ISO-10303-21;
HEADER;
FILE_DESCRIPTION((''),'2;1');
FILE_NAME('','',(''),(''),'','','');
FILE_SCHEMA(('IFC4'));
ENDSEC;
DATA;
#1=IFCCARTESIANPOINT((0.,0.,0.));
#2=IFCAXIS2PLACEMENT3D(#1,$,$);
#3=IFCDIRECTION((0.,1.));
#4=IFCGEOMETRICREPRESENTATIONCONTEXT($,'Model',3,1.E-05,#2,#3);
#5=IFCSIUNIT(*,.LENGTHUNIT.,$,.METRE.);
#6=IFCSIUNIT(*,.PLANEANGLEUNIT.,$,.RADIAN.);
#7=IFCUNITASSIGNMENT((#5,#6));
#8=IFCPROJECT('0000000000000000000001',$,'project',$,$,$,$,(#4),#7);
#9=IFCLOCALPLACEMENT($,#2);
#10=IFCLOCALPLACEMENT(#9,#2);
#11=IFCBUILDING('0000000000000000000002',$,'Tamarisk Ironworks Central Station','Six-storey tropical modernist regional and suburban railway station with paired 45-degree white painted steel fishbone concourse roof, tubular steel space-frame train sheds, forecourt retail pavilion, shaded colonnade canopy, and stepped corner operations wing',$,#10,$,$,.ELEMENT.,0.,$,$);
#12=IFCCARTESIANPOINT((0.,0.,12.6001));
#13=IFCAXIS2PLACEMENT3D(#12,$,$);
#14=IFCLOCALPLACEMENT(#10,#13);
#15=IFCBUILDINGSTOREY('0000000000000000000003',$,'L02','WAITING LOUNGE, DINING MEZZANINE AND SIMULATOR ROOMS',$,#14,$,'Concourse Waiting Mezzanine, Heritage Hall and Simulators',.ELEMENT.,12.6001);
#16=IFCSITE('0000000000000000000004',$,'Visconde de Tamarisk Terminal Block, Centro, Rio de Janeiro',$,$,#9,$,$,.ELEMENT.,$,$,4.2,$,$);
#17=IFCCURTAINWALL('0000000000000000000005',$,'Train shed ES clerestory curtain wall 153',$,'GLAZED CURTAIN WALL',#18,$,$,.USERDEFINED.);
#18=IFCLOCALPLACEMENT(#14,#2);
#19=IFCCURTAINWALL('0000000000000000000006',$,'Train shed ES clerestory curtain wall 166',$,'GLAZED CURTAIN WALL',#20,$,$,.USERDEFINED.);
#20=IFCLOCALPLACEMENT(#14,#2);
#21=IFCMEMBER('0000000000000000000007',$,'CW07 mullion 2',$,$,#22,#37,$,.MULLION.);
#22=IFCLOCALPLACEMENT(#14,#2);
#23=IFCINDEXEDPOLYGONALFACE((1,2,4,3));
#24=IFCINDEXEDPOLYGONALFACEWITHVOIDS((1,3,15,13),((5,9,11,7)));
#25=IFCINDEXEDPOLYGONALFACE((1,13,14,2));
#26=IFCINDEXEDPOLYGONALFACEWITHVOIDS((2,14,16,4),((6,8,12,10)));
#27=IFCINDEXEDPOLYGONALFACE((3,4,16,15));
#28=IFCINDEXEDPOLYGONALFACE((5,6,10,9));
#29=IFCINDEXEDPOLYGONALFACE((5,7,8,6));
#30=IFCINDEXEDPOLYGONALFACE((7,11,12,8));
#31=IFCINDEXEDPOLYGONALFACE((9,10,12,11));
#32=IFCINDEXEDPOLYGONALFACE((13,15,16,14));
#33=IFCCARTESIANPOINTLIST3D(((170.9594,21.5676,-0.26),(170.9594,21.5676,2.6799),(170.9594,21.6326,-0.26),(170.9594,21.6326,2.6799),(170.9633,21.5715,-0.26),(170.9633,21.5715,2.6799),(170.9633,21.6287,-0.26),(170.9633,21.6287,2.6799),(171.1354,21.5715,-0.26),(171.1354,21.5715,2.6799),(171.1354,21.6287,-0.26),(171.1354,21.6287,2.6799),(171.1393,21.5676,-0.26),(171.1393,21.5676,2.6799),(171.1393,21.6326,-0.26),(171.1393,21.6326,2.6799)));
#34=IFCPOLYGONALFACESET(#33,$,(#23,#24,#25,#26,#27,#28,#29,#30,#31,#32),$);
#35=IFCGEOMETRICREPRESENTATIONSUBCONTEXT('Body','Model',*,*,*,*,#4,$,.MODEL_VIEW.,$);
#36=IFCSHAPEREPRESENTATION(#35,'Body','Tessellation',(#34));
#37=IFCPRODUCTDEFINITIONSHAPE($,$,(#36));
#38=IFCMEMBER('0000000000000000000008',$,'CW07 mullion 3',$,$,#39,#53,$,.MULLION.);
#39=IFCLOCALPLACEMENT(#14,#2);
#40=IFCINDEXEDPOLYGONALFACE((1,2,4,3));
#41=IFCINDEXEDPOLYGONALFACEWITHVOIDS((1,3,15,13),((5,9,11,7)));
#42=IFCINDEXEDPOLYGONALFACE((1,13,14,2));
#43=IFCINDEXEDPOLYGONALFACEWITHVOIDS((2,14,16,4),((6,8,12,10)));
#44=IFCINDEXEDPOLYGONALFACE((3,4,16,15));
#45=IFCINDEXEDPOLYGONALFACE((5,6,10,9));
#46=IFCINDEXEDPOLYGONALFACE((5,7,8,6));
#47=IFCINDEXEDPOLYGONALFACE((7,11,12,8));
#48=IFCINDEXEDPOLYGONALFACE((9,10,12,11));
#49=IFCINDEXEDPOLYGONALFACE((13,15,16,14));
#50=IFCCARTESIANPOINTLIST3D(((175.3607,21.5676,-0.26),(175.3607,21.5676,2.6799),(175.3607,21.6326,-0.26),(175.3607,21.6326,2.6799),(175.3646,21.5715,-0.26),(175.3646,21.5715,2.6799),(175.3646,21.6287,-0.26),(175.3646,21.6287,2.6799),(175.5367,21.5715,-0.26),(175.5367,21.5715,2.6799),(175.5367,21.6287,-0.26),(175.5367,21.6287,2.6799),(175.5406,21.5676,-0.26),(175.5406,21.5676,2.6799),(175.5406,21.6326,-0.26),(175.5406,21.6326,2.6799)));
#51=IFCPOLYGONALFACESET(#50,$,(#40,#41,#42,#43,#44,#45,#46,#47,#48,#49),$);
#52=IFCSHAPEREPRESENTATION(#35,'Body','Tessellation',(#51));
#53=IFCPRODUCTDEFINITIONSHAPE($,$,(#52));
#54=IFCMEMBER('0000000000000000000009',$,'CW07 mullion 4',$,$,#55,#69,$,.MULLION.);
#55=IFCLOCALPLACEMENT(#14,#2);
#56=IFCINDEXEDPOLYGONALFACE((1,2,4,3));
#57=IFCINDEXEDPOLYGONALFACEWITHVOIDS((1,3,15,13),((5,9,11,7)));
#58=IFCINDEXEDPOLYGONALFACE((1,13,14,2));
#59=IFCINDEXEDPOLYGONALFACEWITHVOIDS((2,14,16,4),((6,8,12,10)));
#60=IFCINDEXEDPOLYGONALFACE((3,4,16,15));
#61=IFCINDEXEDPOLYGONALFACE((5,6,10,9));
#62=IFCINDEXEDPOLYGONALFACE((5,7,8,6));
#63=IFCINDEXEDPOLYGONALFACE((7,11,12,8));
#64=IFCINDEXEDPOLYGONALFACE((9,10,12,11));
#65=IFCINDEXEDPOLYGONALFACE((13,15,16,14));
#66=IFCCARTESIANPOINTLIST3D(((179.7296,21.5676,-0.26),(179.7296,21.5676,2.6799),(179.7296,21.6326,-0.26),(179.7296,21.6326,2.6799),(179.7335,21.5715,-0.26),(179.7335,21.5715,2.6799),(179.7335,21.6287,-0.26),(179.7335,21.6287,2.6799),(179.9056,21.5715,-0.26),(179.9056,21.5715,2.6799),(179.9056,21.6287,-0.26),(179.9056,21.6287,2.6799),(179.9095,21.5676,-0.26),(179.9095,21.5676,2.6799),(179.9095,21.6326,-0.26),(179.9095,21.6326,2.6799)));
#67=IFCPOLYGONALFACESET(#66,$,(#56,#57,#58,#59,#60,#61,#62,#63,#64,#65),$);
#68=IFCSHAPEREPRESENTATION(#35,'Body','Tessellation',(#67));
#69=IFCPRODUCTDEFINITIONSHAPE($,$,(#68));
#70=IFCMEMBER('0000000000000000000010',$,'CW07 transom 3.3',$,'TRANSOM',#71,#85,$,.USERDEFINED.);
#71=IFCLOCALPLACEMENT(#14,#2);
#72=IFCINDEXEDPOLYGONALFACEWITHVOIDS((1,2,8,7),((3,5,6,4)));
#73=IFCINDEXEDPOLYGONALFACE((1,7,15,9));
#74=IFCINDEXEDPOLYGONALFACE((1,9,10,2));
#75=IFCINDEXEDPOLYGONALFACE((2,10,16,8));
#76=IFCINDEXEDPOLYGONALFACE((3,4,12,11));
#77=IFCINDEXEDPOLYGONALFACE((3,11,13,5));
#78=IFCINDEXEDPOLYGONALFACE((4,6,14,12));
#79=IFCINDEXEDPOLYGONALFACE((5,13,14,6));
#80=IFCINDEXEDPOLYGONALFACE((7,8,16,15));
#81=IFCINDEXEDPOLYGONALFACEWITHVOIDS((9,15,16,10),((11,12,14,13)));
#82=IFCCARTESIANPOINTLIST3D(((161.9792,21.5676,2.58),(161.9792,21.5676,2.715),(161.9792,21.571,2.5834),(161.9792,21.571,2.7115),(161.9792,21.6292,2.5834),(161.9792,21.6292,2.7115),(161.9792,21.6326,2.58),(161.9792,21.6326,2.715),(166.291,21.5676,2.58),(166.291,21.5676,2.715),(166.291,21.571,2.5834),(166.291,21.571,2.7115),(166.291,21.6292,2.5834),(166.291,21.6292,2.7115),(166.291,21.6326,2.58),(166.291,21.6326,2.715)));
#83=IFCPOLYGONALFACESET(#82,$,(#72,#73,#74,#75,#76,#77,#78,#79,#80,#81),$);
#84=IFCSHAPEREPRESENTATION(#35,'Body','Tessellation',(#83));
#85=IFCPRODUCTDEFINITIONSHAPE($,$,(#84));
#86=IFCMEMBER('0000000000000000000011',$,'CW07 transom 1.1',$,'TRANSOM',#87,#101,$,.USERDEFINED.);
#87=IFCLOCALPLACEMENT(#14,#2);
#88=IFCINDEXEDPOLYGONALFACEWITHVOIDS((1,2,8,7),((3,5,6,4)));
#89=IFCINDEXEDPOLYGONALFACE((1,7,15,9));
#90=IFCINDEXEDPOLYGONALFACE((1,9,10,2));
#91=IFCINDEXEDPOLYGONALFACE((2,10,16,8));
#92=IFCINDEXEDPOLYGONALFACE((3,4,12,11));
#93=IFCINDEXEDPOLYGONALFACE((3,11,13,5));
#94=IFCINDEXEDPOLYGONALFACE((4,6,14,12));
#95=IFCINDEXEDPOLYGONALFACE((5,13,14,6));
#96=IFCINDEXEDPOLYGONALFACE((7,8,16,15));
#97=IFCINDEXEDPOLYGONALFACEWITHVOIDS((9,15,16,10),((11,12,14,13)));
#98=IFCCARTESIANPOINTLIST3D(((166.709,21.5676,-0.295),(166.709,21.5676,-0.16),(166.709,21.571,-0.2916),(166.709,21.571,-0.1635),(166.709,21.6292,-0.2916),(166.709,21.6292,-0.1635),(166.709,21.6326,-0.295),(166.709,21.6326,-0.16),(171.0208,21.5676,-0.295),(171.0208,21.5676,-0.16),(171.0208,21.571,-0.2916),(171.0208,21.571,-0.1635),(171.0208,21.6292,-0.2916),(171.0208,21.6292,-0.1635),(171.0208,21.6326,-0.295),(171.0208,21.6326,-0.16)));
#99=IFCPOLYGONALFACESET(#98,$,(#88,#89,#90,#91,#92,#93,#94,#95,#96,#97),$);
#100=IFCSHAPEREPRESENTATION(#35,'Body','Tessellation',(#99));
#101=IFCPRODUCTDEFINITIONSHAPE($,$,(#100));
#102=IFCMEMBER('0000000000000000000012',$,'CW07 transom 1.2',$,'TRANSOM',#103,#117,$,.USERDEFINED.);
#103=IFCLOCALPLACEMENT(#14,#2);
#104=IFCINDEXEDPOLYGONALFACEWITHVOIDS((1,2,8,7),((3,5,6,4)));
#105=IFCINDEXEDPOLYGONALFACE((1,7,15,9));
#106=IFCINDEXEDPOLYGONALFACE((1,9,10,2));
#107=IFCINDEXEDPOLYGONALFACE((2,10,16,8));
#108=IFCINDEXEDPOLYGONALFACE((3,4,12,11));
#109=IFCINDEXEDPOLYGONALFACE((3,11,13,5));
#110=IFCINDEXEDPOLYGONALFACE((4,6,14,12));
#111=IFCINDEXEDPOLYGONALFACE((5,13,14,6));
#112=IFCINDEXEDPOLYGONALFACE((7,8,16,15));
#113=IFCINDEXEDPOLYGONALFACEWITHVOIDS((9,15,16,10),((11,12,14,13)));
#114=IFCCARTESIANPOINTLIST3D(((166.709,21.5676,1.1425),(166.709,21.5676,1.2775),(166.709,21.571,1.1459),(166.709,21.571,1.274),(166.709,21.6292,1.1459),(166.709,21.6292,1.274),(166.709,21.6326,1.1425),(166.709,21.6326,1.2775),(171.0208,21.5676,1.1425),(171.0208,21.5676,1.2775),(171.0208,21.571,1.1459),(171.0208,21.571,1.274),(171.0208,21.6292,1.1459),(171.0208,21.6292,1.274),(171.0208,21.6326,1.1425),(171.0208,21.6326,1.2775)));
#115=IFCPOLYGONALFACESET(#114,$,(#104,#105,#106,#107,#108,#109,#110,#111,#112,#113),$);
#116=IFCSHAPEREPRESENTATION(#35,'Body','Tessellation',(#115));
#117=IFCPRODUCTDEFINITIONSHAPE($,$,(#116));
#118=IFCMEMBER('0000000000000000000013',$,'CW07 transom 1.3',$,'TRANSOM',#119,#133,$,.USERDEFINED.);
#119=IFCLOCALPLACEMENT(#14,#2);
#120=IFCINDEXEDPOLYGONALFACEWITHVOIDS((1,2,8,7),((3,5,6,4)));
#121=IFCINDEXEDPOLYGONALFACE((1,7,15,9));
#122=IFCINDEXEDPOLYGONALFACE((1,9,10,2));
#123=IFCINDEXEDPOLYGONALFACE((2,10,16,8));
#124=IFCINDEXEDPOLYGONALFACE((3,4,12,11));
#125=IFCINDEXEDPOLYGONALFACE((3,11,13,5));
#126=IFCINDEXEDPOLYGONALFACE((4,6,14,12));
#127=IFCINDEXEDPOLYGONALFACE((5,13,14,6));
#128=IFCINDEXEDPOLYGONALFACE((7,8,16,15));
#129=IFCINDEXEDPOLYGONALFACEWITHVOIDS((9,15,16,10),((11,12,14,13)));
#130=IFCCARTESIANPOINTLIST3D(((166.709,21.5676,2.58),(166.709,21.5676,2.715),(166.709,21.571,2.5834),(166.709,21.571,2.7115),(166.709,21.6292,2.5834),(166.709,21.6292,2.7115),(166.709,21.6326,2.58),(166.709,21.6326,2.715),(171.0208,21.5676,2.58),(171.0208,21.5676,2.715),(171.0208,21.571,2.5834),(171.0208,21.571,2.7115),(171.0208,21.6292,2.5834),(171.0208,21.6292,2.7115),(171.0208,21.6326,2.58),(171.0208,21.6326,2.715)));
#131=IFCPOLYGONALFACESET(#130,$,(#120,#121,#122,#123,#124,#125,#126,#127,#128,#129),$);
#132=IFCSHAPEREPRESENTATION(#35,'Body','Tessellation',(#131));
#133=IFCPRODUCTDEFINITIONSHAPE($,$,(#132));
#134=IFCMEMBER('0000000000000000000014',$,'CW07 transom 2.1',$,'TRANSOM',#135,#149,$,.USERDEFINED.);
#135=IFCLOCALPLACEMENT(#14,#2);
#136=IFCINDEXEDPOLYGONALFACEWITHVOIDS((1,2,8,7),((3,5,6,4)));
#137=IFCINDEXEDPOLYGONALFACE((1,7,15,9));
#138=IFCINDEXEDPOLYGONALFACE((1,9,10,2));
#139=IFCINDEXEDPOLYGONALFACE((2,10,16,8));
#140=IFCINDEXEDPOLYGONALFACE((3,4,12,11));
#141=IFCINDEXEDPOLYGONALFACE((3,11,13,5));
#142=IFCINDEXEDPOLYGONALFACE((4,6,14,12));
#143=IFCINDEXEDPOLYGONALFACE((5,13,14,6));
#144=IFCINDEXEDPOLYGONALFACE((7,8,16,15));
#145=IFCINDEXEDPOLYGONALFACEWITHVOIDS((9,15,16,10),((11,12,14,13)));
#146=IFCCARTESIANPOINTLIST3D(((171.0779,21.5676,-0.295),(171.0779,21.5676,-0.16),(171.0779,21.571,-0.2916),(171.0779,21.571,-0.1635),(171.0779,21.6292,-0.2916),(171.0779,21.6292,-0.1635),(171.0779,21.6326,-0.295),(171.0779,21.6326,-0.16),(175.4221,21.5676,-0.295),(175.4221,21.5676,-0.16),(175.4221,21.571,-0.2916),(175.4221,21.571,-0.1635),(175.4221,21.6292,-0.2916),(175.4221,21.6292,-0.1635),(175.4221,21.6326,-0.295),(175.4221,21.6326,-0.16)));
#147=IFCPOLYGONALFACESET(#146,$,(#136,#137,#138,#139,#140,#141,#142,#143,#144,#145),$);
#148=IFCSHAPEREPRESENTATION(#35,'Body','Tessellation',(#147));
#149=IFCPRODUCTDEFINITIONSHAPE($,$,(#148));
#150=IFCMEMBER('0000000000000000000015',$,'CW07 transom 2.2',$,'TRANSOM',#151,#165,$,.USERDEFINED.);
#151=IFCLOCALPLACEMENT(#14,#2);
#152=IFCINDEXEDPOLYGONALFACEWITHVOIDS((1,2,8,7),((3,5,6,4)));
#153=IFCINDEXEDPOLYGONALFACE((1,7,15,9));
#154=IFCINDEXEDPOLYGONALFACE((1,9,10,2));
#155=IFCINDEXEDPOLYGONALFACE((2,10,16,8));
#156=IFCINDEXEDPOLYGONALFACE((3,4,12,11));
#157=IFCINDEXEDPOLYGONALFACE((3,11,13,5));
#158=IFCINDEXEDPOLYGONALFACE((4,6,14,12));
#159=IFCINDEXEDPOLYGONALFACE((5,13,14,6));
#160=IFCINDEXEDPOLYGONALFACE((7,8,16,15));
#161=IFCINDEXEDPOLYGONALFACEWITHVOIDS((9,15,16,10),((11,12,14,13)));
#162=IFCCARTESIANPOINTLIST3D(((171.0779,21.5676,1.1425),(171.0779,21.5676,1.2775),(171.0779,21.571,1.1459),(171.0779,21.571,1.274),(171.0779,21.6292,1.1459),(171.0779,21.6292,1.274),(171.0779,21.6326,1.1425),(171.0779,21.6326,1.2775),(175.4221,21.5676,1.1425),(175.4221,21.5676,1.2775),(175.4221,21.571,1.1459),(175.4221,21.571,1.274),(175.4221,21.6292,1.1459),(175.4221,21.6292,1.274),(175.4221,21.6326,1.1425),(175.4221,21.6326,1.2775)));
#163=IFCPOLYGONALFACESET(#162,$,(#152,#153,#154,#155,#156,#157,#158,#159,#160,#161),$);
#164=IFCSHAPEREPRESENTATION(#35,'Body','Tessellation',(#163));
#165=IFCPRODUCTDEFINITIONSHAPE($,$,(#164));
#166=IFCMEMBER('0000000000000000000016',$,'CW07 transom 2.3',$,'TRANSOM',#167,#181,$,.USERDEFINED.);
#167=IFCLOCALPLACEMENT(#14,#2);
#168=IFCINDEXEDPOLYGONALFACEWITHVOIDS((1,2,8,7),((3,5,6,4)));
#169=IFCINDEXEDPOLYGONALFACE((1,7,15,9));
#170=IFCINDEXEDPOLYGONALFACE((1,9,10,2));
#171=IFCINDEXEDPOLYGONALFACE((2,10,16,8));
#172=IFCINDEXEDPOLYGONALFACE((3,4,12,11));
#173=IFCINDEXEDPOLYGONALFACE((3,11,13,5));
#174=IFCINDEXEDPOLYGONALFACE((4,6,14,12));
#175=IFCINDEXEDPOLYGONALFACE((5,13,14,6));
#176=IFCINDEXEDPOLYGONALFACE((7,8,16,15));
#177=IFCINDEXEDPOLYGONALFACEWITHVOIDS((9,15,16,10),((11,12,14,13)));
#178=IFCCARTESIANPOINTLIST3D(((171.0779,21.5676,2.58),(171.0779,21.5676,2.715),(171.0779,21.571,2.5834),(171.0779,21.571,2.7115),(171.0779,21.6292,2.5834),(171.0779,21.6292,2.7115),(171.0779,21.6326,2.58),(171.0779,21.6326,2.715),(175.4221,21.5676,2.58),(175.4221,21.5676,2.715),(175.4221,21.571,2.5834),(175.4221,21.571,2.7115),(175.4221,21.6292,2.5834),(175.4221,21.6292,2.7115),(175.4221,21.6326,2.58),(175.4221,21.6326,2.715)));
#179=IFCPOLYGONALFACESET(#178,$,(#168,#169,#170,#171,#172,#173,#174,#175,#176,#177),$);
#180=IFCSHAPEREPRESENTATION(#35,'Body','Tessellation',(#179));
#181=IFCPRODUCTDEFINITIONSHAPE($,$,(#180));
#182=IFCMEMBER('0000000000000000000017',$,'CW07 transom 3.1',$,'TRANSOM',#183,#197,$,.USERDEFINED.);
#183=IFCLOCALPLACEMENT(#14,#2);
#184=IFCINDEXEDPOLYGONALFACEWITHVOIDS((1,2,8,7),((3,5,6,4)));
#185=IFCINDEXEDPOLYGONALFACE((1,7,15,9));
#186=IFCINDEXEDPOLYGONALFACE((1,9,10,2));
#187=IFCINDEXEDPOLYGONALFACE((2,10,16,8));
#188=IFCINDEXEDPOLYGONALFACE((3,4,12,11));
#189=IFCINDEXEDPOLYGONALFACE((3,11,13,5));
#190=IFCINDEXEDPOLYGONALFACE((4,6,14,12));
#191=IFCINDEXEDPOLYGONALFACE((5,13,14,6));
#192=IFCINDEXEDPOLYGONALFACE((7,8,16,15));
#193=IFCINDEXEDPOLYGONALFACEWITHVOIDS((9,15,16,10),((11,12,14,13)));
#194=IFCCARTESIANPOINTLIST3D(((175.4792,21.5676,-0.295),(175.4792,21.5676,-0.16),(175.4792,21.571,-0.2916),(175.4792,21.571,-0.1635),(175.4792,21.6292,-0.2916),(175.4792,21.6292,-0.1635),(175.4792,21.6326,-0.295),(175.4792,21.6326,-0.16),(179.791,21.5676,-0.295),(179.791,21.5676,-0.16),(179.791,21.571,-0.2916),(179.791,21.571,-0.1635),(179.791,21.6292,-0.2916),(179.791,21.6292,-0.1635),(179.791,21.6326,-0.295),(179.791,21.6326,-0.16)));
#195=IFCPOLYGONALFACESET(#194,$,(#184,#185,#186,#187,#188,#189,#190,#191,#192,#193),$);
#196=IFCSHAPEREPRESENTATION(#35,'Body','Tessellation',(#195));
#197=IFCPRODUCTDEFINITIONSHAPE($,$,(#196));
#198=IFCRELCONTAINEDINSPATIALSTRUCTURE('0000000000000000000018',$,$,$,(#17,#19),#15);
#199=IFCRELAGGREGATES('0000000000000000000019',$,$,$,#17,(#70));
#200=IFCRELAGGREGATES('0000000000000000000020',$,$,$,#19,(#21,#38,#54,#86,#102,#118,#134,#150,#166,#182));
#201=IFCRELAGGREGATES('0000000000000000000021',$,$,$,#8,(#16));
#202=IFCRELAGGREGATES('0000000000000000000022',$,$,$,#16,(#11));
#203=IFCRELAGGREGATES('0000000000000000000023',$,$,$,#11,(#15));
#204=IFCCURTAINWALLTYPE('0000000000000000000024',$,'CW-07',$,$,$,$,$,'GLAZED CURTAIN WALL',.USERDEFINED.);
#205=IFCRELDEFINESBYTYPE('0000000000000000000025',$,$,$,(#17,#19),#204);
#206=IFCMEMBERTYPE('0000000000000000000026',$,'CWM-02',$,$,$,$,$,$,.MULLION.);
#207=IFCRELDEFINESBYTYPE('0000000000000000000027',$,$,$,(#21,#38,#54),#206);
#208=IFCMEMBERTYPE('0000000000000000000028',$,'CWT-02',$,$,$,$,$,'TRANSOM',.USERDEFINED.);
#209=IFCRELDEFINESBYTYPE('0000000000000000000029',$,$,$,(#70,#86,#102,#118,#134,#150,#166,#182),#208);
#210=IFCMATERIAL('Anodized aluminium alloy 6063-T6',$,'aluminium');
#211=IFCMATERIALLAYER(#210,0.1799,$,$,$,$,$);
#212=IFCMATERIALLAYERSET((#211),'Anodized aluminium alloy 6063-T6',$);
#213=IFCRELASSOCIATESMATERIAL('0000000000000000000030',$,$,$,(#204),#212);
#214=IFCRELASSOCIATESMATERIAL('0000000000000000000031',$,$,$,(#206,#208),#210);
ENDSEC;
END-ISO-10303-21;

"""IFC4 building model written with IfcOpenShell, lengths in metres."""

from ifc_helpers import new_model, si_unit, direction, frame, origin, origin_2d, place, context, subcontext, project, spatial, hollow_rectangle, extrude, material, layer, layer_set, material_profile, profile_set, type_object, element, aggregate, save


model = new_model("IFC4")

# Units and contexts
model_context = context("Model", 3, precision=1e-05, world=origin(), true_north=direction((0.0, 1.0)))
body_context = subcontext(model_context, "Body", "Model", "MODEL_VIEW")
ifc_project = project(units=[si_unit("LENGTHUNIT", "METRE"), si_unit("PLANEANGLEUNIT", "RADIAN")], contexts=[model_context])

# Site, building, storey
site_placement = place(None, origin())
site = spatial("IfcSite", under=ifc_project, at=site_placement, Name="Visconde de Tamarisk Terminal Block, Centro, Rio de Janeiro", CompositionType="ELEMENT", RefElevation=4.2)
building_placement = place(site_placement, origin())
building = spatial("IfcBuilding", under=site, at=building_placement, Name="Tamarisk Ironworks Central Station", Description="Six-storey tropical modernist regional and suburban railway station with paired 45-degree white painted steel fishbone concourse roof, tubular steel space-frame train sheds, forecourt retail pavilion, shaded colonnade canopy, and stepped corner operations wing", CompositionType="ELEMENT", ElevationOfRefHeight=0.0)
storey_placement = place(building_placement, frame((0.0, 0.0, 12.6001)))
storey = spatial("IfcBuildingStorey", under=building, at=storey_placement, Name="L02", Description="WAITING LOUNGE, DINING MEZZANINE AND SIMULATOR ROOMS", LongName="Concourse Waiting Mezzanine, Heritage Hall and Simulators", CompositionType="ELEMENT", Elevation=12.6001)

# Curtain wall
ifc_material_1 = material(Name="Anodized aluminium alloy 6063-T6", Category="aluminium")
ifc_layer_1 = layer(ifc_material_1, 0.1799)
ifc_layer_set_1 = layer_set([ifc_layer_1], Name="Anodized aluminium alloy 6063-T6")
curtain_wall_type = type_object("IfcCurtainWallType", Name="CW-07", ElementType="GLAZED CURTAIN WALL", PredefinedType="USERDEFINED", material=ifc_layer_set_1)
curtain_wall_1_placement = place(storey_placement, origin())
curtain_wall_1 = element("IfcCurtainWall", 1, at=curtain_wall_1_placement, inside=storey, type_object=curtain_wall_type, Name="Train shed ES clerestory curtain wall 153", ObjectType="GLAZED CURTAIN WALL", PredefinedType="USERDEFINED")
ifc_material_profile_1 = material_profile(ifc_material_1, hollow_rectangle(XDim=0.0649, YDim=0.1799, WallThickness=0.0039, at=origin_2d()), Name="ALUM 180x65")
ifc_profile_set_1 = profile_set([ifc_material_profile_1], Name="Anodized aluminium alloy 6063-T6")
member_type_1 = type_object("IfcMemberType", Name="CWM-02", PredefinedType="MULLION", material=ifc_profile_set_1)

# Curtain wall, members
curtain_wall_2_placement = place(storey_placement, origin())
curtain_wall_2 = element("IfcCurtainWall", 2, at=curtain_wall_2_placement, inside=storey, type_object=curtain_wall_type, Name="Train shed ES clerestory curtain wall 166", ObjectType="GLAZED CURTAIN WALL", PredefinedType="USERDEFINED")
member_1_placement = place(storey_placement, frame((171.0493, 21.6001, -0.26), z_axis=(0.0, 0.0, 1.0), x_axis=(0.0, 1.0, 0.0)))
member_1 = element("IfcMember", 3, at=member_1_placement, type_object=member_type_1, Name="CW07 mullion 2", PredefinedType="MULLION", context=body_context, shape_type="SweptSolid", body=[
    extrude(hollow_rectangle(XDim=0.0649, YDim=0.1799, WallThickness=0.0039, at=origin_2d()), origin(), (0.0, 0.0, 1.0), 2.9399),
])
member_2_placement = place(storey_placement, frame((175.4507, 21.6001, -0.26), z_axis=(0.0, 0.0, 1.0), x_axis=(0.0, 1.0, 0.0)))
member_2 = element("IfcMember", 4, at=member_2_placement, type_object=member_type_1, Name="CW07 mullion 3", PredefinedType="MULLION", context=body_context, shape_type="SweptSolid", body=[
    extrude(hollow_rectangle(XDim=0.0649, YDim=0.1799, WallThickness=0.0039, at=origin_2d()), origin(), (0.0, 0.0, 1.0), 2.9399),
])
member_3_placement = place(storey_placement, frame((179.8196, 21.6001, -0.26), z_axis=(0.0, 0.0, 1.0), x_axis=(0.0, 1.0, 0.0)))
member_3 = element("IfcMember", 5, at=member_3_placement, type_object=member_type_1, Name="CW07 mullion 4", PredefinedType="MULLION", context=body_context, shape_type="SweptSolid", body=[
    extrude(hollow_rectangle(XDim=0.0649, YDim=0.1799, WallThickness=0.0039, at=origin_2d()), origin(), (0.0, 0.0, 1.0), 2.9399),
])

# Members
ifc_material_profile_2 = material_profile(ifc_material_1, hollow_rectangle(XDim=0.0649, YDim=0.135, WallThickness=0.0034, at=origin_2d()), Name="ALUM 135x65")
ifc_profile_set_2 = profile_set([ifc_material_profile_2], Name="Anodized aluminium alloy 6063-T6")
member_type_2 = type_object("IfcMemberType", Name="CWT-02", ElementType="TRANSOM", PredefinedType="USERDEFINED", material=ifc_profile_set_2)
member_4_placement = place(storey_placement, frame((161.9792, 21.6001, 2.6475), z_axis=(1.0, 0.0, 0.0), x_axis=(0.0, 1.0, 0.0)))
member_4 = element("IfcMember", 6, at=member_4_placement, type_object=member_type_2, Name="CW07 transom 3.3", ObjectType="TRANSOM", PredefinedType="USERDEFINED", context=body_context, shape_type="SweptSolid", body=[
    extrude(hollow_rectangle(XDim=0.0649, YDim=0.135, WallThickness=0.0034, at=origin_2d()), origin(), (0.0, 0.0, 1.0), 4.3118),
])
member_5_placement = place(storey_placement, frame((166.709, 21.6001, -0.2275), z_axis=(1.0, 0.0, 0.0), x_axis=(0.0, 1.0, 0.0)))
member_5 = element("IfcMember", 7, at=member_5_placement, type_object=member_type_2, Name="CW07 transom 1.1", ObjectType="TRANSOM", PredefinedType="USERDEFINED", context=body_context, shape_type="SweptSolid", body=[
    extrude(hollow_rectangle(XDim=0.0649, YDim=0.135, WallThickness=0.0034, at=origin_2d()), origin(), (0.0, 0.0, 1.0), 4.3118),
])
member_6_placement = place(storey_placement, frame((166.709, 21.6001, 1.21), z_axis=(1.0, 0.0, 0.0), x_axis=(0.0, 1.0, 0.0)))
member_6 = element("IfcMember", 8, at=member_6_placement, type_object=member_type_2, Name="CW07 transom 1.2", ObjectType="TRANSOM", PredefinedType="USERDEFINED", context=body_context, shape_type="SweptSolid", body=[
    extrude(hollow_rectangle(XDim=0.0649, YDim=0.135, WallThickness=0.0034, at=origin_2d()), origin(), (0.0, 0.0, 1.0), 4.3118),
])
member_7_placement = place(storey_placement, frame((166.709, 21.6001, 2.6475), z_axis=(1.0, 0.0, 0.0), x_axis=(0.0, 1.0, 0.0)))
member_7 = element("IfcMember", 9, at=member_7_placement, type_object=member_type_2, Name="CW07 transom 1.3", ObjectType="TRANSOM", PredefinedType="USERDEFINED", context=body_context, shape_type="SweptSolid", body=[
    extrude(hollow_rectangle(XDim=0.0649, YDim=0.135, WallThickness=0.0034, at=origin_2d()), origin(), (0.0, 0.0, 1.0), 4.3118),
])
member_8_placement = place(storey_placement, frame((171.0779, 21.6001, -0.2275), z_axis=(1.0, 0.0, 0.0), x_axis=(0.0, 1.0, 0.0)))
member_8 = element("IfcMember", 10, at=member_8_placement, type_object=member_type_2, Name="CW07 transom 2.1", ObjectType="TRANSOM", PredefinedType="USERDEFINED", context=body_context, shape_type="SweptSolid", body=[
    extrude(hollow_rectangle(XDim=0.0649, YDim=0.135, WallThickness=0.0034, at=origin_2d()), origin(), (0.0, 0.0, 1.0), 4.3442),
])
member_9_placement = place(storey_placement, frame((171.0779, 21.6001, 1.21), z_axis=(1.0, 0.0, 0.0), x_axis=(0.0, 1.0, 0.0)))
member_9 = element("IfcMember", 11, at=member_9_placement, type_object=member_type_2, Name="CW07 transom 2.2", ObjectType="TRANSOM", PredefinedType="USERDEFINED", context=body_context, shape_type="SweptSolid", body=[
    extrude(hollow_rectangle(XDim=0.0649, YDim=0.135, WallThickness=0.0034, at=origin_2d()), origin(), (0.0, 0.0, 1.0), 4.3442),
])
member_10_placement = place(storey_placement, frame((171.0779, 21.6001, 2.6475), z_axis=(1.0, 0.0, 0.0), x_axis=(0.0, 1.0, 0.0)))
member_10 = element("IfcMember", 12, at=member_10_placement, type_object=member_type_2, Name="CW07 transom 2.3", ObjectType="TRANSOM", PredefinedType="USERDEFINED", context=body_context, shape_type="SweptSolid", body=[
    extrude(hollow_rectangle(XDim=0.0649, YDim=0.135, WallThickness=0.0034, at=origin_2d()), origin(), (0.0, 0.0, 1.0), 4.3442),
])
member_11_placement = place(storey_placement, frame((175.4792, 21.6001, -0.2275), z_axis=(1.0, 0.0, 0.0), x_axis=(0.0, 1.0, 0.0)))
member_11 = element("IfcMember", 13, at=member_11_placement, type_object=member_type_2, Name="CW07 transom 3.1", ObjectType="TRANSOM", PredefinedType="USERDEFINED", context=body_context, shape_type="SweptSolid", body=[
    extrude(hollow_rectangle(XDim=0.0649, YDim=0.135, WallThickness=0.0034, at=origin_2d()), origin(), (0.0, 0.0, 1.0), 4.3118),
])

aggregate(curtain_wall_1, [member_4])
aggregate(curtain_wall_2, [member_1, member_2, member_3, member_5, member_6, member_7, member_8, member_9, member_10, member_11])

save(model, "model.ifc")
